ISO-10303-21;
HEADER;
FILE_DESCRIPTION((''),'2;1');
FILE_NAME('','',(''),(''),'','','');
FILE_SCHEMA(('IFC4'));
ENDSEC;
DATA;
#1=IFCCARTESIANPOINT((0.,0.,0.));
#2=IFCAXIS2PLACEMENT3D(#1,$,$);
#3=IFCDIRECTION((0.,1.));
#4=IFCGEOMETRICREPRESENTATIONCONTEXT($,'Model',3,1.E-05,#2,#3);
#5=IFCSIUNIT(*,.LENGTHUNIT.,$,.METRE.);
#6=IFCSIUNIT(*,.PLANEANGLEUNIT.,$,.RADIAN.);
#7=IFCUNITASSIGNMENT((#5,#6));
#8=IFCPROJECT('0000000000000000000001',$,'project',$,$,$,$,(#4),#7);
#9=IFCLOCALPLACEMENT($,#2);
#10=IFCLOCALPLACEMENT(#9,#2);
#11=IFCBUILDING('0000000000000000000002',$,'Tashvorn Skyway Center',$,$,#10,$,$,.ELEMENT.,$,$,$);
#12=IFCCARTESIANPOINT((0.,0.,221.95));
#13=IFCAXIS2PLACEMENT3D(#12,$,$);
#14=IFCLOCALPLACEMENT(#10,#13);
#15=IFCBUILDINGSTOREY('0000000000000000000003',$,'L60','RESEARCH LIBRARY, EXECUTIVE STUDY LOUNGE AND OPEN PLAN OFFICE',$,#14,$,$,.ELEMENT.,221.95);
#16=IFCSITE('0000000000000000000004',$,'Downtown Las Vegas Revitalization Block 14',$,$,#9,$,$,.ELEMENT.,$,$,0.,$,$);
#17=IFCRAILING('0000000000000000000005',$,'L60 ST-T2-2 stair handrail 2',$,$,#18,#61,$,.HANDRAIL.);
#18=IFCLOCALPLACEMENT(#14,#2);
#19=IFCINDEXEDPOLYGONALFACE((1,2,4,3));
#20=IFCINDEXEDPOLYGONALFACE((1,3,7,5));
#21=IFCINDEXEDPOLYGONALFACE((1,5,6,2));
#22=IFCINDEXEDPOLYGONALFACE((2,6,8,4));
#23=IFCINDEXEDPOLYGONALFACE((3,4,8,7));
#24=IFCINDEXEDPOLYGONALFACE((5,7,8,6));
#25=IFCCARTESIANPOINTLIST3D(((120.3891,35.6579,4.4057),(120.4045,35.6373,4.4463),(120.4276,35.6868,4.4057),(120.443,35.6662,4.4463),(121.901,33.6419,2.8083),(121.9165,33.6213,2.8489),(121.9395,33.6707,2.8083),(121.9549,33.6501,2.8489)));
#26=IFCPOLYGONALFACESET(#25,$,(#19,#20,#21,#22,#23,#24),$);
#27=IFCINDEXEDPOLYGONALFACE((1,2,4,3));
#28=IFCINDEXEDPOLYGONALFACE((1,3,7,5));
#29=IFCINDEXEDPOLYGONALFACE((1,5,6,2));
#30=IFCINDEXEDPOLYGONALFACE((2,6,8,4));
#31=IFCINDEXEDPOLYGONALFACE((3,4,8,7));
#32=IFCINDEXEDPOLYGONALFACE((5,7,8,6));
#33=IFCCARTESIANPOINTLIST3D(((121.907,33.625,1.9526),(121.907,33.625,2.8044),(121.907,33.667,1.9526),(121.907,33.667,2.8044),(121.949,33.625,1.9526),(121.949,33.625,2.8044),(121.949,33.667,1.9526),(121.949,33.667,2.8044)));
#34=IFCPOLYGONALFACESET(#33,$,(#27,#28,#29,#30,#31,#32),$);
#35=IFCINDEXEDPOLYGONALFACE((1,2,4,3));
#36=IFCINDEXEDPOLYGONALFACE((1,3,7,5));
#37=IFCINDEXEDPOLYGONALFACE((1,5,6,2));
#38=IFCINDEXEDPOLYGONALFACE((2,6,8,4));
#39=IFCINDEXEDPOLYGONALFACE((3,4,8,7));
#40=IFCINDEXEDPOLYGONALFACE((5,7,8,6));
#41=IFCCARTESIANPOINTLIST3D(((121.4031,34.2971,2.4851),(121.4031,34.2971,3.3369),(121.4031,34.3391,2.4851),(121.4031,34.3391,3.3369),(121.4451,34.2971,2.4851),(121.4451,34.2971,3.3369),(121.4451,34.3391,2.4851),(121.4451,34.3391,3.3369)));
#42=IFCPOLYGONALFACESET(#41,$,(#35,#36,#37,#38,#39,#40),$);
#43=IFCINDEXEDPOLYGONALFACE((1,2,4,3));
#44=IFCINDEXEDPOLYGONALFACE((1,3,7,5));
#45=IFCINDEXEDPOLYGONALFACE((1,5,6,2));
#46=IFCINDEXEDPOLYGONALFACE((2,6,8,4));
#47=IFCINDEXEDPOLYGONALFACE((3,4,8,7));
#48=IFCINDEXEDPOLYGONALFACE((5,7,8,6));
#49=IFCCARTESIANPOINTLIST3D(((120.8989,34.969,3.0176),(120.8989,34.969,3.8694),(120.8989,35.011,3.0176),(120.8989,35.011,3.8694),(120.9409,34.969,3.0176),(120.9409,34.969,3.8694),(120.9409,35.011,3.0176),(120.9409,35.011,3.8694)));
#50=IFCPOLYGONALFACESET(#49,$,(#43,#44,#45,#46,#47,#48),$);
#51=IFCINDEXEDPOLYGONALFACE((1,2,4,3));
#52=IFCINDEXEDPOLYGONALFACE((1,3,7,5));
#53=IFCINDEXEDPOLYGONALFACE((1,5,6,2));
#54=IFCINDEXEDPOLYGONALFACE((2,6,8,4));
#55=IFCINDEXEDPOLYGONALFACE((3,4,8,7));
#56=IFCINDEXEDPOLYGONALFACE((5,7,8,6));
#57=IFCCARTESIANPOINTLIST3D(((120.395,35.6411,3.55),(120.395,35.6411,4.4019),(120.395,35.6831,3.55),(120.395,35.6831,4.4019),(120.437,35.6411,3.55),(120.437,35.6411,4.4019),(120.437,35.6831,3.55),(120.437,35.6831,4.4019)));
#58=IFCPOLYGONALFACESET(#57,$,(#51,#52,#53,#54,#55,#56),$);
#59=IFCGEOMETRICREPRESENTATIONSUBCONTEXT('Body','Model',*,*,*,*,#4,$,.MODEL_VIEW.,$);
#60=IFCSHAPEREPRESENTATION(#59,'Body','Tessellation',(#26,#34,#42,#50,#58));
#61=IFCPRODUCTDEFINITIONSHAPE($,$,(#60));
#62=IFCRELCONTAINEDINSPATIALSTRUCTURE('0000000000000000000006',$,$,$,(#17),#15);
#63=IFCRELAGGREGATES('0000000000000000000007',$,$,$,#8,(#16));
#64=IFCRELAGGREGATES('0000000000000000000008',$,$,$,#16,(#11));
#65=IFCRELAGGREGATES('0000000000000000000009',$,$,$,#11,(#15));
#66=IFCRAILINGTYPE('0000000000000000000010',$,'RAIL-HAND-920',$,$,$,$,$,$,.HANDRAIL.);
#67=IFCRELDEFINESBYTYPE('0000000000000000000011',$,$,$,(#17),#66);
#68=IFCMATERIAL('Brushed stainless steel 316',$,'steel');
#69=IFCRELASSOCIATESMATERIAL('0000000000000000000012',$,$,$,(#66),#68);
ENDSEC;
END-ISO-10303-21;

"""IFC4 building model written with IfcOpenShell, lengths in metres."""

from ifc_helpers import new_model, si_unit, direction, frame, origin, origin_2d, place, context, subcontext, project, spatial, rectangle, extrude, material, type_object, element, save


model = new_model("IFC4")

# Units and contexts
model_context = context("Model", 3, precision=1e-05, world=origin(), true_north=direction((0.0, 1.0)))
body_context = subcontext(model_context, "Body", "Model", "MODEL_VIEW")
ifc_project = project(units=[si_unit("LENGTHUNIT", "METRE"), si_unit("PLANEANGLEUNIT", "RADIAN")], contexts=[model_context])

# Site, building, storey
site_placement = place(None, origin())
site = spatial("IfcSite", under=ifc_project, at=site_placement, Name="Downtown Las Vegas Revitalization Block 14", CompositionType="ELEMENT", RefElevation=0.0)
building_placement = place(site_placement, origin())
building = spatial("IfcBuilding", under=site, at=building_placement, Name="Tashvorn Skyway Center", CompositionType="ELEMENT")
storey_placement = place(building_placement, frame((0.0, 0.0, 221.95)))
storey = spatial("IfcBuildingStorey", under=building, at=storey_placement, Name="L60", Description="RESEARCH LIBRARY, EXECUTIVE STUDY LOUNGE AND OPEN PLAN OFFICE", CompositionType="ELEMENT", Elevation=221.95)

# Railing
ifc_material_1 = material(Name="Brushed stainless steel 316", Category="steel")
railing_type = type_object("IfcRailingType", Name="RAIL-HAND-920", PredefinedType="HANDRAIL", material=ifc_material_1)
railing_placement = place(storey_placement, frame((121.928, 33.646, 1.9526)))
element("IfcRailing", 1, at=railing_placement, inside=storey, type_object=railing_type, Name="L60 ST-T2-2 stair handrail 2", PredefinedType="HANDRAIL", context=body_context, shape_type="SweptSolid", body=[
    extrude(rectangle(XDim=0.0481, YDim=0.0481, at=origin_2d()), frame((0.0, 0.0, 0.876), z_axis=(-0.506741, 0.675709, 0.535379), x_axis=(-0.800023, -0.599969, 0.0)), (0.0, 0.0, 1.0), 2.9836),
    extrude(rectangle(XDim=0.042, YDim=0.042, at=origin_2d()), origin(), (0.0, 0.0, 1.0), 0.8518),
    extrude(rectangle(XDim=0.042, YDim=0.042, at=origin_2d()), frame((-0.5039, 0.6721, 0.5325)), (0.0, 0.0, 1.0), 0.8518),
    extrude(rectangle(XDim=0.042, YDim=0.042, at=origin_2d()), frame((-1.0081, 1.344, 1.0649)), (0.0, 0.0, 1.0), 0.8518),
    extrude(rectangle(XDim=0.042, YDim=0.042, at=origin_2d()), frame((-1.512, 2.0161, 1.5974)), (0.0, 0.0, 1.0), 0.8518),
])

save(model, "model.ifc")
